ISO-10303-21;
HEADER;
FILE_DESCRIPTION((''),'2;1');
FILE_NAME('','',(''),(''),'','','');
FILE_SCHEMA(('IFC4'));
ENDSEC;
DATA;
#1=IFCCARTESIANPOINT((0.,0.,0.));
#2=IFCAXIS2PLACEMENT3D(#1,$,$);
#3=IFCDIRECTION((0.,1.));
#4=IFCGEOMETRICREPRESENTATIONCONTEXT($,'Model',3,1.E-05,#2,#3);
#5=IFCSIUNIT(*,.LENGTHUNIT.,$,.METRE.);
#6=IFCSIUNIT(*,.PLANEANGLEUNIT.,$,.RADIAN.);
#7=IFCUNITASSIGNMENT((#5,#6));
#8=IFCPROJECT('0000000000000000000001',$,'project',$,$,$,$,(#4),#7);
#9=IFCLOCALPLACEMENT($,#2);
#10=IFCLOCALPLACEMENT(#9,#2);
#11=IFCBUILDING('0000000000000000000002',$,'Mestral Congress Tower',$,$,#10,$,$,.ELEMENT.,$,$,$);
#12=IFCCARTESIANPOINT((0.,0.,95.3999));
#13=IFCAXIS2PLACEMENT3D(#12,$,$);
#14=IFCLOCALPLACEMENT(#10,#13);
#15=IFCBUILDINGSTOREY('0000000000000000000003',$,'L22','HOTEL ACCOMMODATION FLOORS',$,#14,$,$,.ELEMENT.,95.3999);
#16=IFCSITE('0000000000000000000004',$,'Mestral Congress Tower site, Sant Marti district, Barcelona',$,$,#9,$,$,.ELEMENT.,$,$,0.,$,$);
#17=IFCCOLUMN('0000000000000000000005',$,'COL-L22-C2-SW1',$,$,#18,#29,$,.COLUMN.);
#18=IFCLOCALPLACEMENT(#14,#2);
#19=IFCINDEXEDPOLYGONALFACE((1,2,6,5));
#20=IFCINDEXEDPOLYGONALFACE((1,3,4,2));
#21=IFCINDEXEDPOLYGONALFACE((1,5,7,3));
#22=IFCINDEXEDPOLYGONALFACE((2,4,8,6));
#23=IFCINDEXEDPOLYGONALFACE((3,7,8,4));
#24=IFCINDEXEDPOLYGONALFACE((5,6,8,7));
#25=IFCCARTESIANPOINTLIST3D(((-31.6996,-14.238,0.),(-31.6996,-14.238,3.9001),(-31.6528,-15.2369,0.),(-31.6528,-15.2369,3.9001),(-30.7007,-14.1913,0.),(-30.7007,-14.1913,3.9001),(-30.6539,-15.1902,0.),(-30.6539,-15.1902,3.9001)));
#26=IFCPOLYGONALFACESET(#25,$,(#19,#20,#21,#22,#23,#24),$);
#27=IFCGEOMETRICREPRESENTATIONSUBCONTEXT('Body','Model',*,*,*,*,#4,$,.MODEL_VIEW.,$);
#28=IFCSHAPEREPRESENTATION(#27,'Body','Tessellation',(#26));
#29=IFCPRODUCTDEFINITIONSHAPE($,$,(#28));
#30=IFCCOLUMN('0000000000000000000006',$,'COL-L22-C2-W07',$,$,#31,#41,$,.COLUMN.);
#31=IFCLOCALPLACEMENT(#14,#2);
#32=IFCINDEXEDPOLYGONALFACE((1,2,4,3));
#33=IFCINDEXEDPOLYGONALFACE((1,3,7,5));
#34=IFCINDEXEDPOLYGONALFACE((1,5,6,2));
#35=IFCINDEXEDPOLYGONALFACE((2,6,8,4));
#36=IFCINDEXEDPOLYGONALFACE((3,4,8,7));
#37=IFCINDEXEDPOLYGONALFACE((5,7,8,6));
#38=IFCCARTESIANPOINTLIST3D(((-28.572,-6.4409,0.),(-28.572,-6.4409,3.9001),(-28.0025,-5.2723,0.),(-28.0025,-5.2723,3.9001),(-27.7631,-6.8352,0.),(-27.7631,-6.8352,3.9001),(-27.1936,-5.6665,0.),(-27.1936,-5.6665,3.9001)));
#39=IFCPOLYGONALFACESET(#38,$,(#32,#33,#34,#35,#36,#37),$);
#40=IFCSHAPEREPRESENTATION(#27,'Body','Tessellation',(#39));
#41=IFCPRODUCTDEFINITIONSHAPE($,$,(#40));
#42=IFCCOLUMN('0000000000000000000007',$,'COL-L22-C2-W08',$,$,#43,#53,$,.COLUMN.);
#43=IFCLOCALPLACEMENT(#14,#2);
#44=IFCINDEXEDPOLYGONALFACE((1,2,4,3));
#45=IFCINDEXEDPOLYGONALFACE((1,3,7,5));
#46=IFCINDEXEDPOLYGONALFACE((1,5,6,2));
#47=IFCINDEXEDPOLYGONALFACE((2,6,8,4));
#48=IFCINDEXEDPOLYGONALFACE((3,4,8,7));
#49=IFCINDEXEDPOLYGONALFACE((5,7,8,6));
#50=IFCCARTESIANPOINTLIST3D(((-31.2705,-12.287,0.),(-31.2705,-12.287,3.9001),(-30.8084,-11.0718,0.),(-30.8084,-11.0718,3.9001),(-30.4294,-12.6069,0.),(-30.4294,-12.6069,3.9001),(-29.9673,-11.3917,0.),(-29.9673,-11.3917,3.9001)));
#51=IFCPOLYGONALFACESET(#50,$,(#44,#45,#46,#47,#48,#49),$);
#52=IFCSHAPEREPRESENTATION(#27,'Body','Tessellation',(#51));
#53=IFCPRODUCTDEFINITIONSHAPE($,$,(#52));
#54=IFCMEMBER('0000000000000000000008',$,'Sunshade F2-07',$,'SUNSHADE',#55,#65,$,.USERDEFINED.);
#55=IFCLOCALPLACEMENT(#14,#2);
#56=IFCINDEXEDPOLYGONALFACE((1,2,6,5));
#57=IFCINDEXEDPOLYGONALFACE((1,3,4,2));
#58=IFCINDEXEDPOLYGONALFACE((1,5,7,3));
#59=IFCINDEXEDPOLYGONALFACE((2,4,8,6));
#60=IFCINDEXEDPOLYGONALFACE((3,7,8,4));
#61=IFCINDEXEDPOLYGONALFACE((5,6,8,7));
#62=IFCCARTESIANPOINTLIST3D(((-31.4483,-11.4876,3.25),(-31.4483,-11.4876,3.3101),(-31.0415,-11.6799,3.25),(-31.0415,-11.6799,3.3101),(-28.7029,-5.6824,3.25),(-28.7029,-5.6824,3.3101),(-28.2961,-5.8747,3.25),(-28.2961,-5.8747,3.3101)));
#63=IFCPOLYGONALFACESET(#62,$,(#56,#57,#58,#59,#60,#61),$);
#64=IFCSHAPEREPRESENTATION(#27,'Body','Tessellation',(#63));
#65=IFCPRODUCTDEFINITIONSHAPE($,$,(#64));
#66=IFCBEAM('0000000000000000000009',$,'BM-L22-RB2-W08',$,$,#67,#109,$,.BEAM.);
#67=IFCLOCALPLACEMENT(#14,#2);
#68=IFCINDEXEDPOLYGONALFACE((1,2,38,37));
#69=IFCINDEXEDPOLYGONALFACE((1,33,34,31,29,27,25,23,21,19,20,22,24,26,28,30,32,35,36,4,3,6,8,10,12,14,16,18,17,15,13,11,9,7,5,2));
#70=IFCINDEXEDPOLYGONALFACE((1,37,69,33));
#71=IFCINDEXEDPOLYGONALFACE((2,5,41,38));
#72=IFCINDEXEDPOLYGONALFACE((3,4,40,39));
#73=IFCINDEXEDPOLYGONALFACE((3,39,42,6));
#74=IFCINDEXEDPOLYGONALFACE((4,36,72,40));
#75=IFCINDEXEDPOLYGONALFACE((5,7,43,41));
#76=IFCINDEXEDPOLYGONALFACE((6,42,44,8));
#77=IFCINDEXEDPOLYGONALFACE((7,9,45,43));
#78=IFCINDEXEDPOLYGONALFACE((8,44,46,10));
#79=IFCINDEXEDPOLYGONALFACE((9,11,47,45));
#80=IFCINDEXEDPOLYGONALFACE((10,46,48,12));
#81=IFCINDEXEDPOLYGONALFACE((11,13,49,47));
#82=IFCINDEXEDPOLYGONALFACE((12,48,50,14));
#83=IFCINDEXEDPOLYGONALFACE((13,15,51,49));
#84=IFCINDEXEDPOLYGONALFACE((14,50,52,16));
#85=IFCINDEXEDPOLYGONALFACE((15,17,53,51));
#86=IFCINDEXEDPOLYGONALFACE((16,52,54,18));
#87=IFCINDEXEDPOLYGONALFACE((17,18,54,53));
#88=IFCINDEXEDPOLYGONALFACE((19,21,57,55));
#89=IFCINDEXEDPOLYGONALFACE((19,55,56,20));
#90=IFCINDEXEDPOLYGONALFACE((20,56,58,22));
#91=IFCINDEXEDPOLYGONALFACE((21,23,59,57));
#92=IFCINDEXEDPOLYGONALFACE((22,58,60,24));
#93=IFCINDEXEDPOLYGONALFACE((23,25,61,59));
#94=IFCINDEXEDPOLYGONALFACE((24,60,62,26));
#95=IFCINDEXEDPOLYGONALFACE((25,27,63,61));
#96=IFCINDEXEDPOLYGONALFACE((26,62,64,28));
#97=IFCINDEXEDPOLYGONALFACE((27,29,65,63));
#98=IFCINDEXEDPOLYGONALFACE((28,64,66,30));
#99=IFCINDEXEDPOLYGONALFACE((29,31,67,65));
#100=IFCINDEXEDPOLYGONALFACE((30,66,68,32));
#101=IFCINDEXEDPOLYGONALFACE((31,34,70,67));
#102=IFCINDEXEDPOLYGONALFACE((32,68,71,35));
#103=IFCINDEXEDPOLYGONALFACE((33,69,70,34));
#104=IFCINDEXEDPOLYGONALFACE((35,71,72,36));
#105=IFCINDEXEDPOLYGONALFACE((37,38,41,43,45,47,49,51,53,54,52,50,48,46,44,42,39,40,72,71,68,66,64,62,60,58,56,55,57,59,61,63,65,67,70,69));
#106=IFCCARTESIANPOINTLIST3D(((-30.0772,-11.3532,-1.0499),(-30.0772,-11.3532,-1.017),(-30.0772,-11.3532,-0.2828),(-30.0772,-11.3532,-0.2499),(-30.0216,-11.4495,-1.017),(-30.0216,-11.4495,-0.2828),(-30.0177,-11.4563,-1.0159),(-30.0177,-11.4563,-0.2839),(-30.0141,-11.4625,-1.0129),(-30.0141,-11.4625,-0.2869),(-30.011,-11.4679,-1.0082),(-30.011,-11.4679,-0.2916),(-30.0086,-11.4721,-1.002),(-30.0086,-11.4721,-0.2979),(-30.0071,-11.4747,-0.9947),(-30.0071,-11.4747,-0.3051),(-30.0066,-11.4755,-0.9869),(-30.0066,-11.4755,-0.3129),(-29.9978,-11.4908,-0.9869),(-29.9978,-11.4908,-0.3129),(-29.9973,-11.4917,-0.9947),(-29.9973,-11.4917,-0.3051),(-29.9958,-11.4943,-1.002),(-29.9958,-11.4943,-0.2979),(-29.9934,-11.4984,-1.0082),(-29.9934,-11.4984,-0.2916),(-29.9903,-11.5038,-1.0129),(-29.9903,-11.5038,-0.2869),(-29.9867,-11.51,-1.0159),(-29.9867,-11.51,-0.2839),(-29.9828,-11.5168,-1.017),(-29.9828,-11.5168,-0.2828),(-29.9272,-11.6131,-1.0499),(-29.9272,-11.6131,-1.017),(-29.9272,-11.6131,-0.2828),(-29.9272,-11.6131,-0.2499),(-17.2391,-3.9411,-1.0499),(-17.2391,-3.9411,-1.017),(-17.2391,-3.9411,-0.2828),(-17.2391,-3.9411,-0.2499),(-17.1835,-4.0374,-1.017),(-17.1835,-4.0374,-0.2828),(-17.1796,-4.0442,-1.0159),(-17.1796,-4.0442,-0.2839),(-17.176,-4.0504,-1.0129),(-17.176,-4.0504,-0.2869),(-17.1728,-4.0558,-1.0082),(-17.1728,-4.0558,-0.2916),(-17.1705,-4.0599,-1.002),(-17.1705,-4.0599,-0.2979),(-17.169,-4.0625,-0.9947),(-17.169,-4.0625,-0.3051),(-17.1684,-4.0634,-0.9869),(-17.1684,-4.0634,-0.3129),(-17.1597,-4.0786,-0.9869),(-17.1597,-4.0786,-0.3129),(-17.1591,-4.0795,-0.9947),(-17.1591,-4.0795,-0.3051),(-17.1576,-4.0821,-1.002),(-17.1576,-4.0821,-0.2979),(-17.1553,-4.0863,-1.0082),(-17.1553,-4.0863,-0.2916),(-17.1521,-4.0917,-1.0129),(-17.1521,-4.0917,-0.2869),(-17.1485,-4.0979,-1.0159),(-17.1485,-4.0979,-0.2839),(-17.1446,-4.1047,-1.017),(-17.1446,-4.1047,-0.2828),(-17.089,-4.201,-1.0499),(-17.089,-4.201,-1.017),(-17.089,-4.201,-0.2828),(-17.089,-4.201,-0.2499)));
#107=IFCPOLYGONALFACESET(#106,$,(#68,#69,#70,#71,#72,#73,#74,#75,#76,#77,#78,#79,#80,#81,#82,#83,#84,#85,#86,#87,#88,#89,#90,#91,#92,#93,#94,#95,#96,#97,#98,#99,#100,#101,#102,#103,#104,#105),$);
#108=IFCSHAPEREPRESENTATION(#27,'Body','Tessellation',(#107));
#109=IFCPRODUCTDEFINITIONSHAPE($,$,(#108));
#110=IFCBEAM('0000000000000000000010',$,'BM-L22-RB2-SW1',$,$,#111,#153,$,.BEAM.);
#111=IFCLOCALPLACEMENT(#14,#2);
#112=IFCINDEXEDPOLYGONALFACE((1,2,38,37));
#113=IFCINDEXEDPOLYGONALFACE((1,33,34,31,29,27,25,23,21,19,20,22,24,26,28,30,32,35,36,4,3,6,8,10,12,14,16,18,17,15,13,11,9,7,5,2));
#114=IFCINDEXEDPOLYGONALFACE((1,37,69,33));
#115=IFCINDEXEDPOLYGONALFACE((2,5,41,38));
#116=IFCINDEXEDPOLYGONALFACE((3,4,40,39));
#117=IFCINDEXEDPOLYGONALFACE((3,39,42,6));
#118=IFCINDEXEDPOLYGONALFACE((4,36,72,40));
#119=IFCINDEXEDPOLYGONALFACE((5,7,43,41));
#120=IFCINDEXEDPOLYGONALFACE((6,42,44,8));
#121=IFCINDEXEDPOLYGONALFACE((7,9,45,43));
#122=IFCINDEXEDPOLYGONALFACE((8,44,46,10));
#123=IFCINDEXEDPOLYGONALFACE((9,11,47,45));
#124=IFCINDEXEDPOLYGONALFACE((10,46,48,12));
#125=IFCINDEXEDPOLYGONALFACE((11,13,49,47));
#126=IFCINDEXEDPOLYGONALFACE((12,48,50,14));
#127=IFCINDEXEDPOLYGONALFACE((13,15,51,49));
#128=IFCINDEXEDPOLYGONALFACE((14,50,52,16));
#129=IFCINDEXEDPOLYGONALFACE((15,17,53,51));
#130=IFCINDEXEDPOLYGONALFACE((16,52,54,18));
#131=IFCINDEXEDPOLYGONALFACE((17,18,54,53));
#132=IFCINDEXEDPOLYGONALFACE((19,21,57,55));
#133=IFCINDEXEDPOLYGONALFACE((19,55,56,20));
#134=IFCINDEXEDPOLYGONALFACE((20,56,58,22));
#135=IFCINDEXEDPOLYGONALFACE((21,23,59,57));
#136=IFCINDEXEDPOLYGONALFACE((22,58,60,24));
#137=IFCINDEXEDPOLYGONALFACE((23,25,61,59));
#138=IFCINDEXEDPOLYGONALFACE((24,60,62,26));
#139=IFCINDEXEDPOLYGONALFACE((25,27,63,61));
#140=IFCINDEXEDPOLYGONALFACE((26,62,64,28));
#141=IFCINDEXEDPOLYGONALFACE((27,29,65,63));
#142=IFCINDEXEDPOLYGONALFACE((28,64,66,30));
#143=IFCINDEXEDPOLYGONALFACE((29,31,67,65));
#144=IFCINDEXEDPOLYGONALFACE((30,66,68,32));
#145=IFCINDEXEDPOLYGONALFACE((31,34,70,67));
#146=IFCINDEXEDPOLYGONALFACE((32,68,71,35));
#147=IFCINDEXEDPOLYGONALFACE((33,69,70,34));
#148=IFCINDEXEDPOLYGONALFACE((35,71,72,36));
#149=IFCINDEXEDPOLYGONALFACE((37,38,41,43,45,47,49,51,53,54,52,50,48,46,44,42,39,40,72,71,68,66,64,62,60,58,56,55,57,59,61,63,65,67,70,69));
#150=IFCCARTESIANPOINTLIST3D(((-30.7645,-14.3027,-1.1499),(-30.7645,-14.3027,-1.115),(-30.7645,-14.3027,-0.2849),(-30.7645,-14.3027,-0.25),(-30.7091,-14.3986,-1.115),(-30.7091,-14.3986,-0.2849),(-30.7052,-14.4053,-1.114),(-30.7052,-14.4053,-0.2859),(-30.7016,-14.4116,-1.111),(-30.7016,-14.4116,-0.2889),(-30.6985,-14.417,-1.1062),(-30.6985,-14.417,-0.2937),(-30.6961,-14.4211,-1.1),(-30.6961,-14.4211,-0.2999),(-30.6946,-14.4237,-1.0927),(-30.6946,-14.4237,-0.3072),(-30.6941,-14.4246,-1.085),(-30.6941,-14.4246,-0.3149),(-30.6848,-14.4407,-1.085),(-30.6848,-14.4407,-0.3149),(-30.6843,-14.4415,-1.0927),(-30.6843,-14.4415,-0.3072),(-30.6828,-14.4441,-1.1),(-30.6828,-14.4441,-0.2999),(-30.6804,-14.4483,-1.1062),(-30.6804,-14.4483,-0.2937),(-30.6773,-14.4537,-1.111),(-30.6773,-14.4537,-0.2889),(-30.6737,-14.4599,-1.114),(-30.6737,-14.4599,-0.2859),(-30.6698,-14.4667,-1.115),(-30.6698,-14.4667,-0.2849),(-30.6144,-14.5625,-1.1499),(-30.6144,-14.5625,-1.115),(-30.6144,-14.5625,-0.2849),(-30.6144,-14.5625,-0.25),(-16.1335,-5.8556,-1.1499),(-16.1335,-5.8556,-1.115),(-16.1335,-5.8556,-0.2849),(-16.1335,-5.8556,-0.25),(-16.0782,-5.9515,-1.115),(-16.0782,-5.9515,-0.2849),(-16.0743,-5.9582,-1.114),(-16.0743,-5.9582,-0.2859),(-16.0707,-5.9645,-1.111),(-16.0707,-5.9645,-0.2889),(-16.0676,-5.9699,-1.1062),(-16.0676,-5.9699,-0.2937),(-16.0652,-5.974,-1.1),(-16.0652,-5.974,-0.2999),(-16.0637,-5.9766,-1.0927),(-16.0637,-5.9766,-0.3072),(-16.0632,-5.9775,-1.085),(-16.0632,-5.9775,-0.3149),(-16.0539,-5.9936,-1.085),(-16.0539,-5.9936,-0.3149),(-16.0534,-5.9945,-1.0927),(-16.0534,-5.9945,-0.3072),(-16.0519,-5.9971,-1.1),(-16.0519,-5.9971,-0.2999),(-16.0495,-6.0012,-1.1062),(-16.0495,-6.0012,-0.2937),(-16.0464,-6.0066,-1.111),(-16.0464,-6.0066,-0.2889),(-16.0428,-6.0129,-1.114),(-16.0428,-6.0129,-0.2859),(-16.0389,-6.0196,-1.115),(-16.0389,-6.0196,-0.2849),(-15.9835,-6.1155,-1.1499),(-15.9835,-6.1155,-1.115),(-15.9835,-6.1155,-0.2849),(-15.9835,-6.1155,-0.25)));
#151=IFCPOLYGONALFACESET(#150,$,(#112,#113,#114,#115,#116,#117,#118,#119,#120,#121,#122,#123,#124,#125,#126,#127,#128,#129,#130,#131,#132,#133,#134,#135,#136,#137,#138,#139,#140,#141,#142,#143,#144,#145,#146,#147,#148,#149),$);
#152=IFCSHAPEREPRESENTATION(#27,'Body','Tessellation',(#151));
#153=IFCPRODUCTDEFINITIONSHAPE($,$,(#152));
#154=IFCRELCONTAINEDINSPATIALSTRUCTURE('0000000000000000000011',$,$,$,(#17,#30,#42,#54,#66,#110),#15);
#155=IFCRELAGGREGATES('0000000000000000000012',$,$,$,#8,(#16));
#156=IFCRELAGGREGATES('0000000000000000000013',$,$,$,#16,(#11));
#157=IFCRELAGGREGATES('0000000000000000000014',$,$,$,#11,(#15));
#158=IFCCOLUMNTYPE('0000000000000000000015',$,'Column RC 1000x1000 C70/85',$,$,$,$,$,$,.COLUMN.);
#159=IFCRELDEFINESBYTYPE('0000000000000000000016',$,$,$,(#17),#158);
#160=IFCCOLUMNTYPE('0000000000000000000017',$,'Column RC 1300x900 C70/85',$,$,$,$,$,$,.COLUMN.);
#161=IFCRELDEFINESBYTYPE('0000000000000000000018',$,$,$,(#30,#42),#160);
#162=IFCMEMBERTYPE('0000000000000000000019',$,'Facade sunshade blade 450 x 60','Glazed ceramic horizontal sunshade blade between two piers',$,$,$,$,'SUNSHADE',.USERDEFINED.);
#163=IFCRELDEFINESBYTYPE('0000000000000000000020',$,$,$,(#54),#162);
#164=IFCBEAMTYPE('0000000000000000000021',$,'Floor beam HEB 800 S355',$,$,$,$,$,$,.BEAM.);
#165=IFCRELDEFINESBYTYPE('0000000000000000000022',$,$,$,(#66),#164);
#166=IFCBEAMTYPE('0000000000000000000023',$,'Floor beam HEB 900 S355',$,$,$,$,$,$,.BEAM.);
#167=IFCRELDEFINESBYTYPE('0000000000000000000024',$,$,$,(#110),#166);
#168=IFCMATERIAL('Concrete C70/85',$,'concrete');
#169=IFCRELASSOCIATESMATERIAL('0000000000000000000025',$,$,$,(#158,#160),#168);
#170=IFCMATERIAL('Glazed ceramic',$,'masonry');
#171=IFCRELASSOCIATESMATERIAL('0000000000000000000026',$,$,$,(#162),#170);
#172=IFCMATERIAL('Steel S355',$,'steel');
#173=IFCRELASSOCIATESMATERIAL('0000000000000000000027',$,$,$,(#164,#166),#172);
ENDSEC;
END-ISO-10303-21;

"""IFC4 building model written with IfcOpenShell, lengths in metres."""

from ifc_helpers import new_model, si_unit, direction, frame, origin, origin_2d, place, context, subcontext, project, spatial, rectangle, i_section, extrude, material, material_profile, profile_set, type_object, element, save


model = new_model("IFC4")

# Units and contexts
model_context = context("Model", 3, precision=1e-05, world=origin(), true_north=direction((0.0, 1.0)))
body_context = subcontext(model_context, "Body", "Model", "MODEL_VIEW")
ifc_project = project(units=[si_unit("LENGTHUNIT", "METRE"), si_unit("PLANEANGLEUNIT", "RADIAN")], contexts=[model_context])

# Site, building, storey
site_placement = place(None, origin())
site = spatial("IfcSite", under=ifc_project, at=site_placement, Name="Mestral Congress Tower site, Sant Marti district, Barcelona", CompositionType="ELEMENT", RefElevation=0.0)
building_placement = place(site_placement, origin())
building = spatial("IfcBuilding", under=site, at=building_placement, Name="Mestral Congress Tower", CompositionType="ELEMENT")
storey_placement = place(building_placement, frame((0.0, 0.0, 95.3999)))
storey = spatial("IfcBuildingStorey", under=building, at=storey_placement, Name="L22", Description="HOTEL ACCOMMODATION FLOORS", CompositionType="ELEMENT", Elevation=95.3999)

# Columns
ifc_material_1 = material(Name="Concrete C70/85", Category="concrete")
ifc_material_profile_1 = material_profile(ifc_material_1, rectangle(XDim=1.0, YDim=1.0, at=origin_2d()), Name="RC 1000x1000")
ifc_profile_set_1 = profile_set([ifc_material_profile_1], Name="Concrete C70/85")
column_type_1 = type_object("IfcColumnType", Name="Column RC 1000x1000 C70/85", PredefinedType="COLUMN", material=ifc_profile_set_1)
column_placement = place(storey_placement, frame((-31.1768, -14.7141, 0.0), z_axis=(0.0, 0.0, 1.0), x_axis=(0.046756, -0.998906, 0.0)))
element("IfcColumn", 1, at=column_placement, inside=storey, type_object=column_type_1, Name="COL-L22-C2-SW1", PredefinedType="COLUMN", context=body_context, shape_type="SweptSolid", body=[
    extrude(rectangle(XDim=1.0, YDim=1.0, at=origin_2d()), origin(), (0.0, 0.0, 1.0), 3.9001),
])
ifc_material_profile_2 = material_profile(ifc_material_1, rectangle(XDim=1.3, YDim=0.8999, at=origin_2d()), Name="RC 1300x900")
ifc_profile_set_2 = profile_set([ifc_material_profile_2], Name="Concrete C70/85")
column_type_2 = type_object("IfcColumnType", Name="Column RC 1300x900 C70/85", PredefinedType="COLUMN", material=ifc_profile_set_2)
for number, where, z_axis, x_axis, name in (
    (2, (-27.8828, -6.0537, 0.0), (0.0, 0.0, 1.0), (-0.438061, -0.898945, 0.0), "COL-L22-C2-W07"),
    (3, (-30.6189, -11.8394, 0.0), (0.0, 0.0, 1.0), (-0.355494, -0.934679, 0.0), "COL-L22-C2-W08"),
):
    element("IfcColumn", number, at=place(storey_placement, frame(where, z_axis=z_axis, x_axis=x_axis)), inside=storey, type_object=column_type_2, Name=name, PredefinedType="COLUMN", context=body_context, shape_type="SweptSolid", body=[
        extrude(rectangle(XDim=1.3, YDim=0.8999, at=origin_2d()), origin(), (0.0, 0.0, 1.0), 3.9001),
    ])

# Member
ifc_material_2 = material(Name="Glazed ceramic", Category="masonry")
ifc_material_profile_3 = material_profile(ifc_material_2, rectangle(XDim=0.45, YDim=0.0601, at=origin_2d()), Name="Ceramic blade 450 x 60")
ifc_profile_set_3 = profile_set([ifc_material_profile_3], Name="Glazed ceramic")
member_type = type_object("IfcMemberType", Name="Facade sunshade blade 450 x 60", Description="Glazed ceramic horizontal sunshade blade between two piers", ElementType="SUNSHADE", PredefinedType="USERDEFINED", material=ifc_profile_set_3)
member_placement = place(storey_placement, frame((-28.4995, -5.7786, 3.28), z_axis=(-0.427519, -0.904006, 0.0), x_axis=(0.904006, -0.427519, 0.0)))
element("IfcMember", 4, at=member_placement, inside=storey, type_object=member_type, Name="Sunshade F2-07", ObjectType="SUNSHADE", PredefinedType="USERDEFINED", context=body_context, shape_type="SweptSolid", body=[
    extrude(rectangle(XDim=0.45, YDim=0.0601, at=origin_2d()), origin(), (0.0, 0.0, 1.0), 6.4216),
])

# Beams
ifc_material_3 = material(Name="Steel S355", Category="steel")
ifc_material_profile_4 = material_profile(ifc_material_3, i_section(OverallWidth=0.3, OverallDepth=0.8, WebThickness=0.0176, FlangeThickness=0.033, FilletRadius=0.03, at=origin_2d()), Name="HEB 800")
ifc_profile_set_4 = profile_set([ifc_material_profile_4], Name="Steel S355")
beam_type_1 = type_object("IfcBeamType", Name="Floor beam HEB 800 S355", PredefinedType="BEAM", material=ifc_profile_set_4)
beam_1_placement = place(storey_placement, frame((-30.0022, -11.4832, -0.6499), z_axis=(0.866025, 0.5, 0.0), x_axis=(-0.5, 0.866025, 0.0)))
element("IfcBeam", 5, at=beam_1_placement, inside=storey, type_object=beam_type_1, Name="BM-L22-RB2-W08", PredefinedType="BEAM", context=body_context, shape_type="SweptSolid", body=[
    extrude(i_section(OverallWidth=0.3, OverallDepth=0.8, WebThickness=0.0176, FlangeThickness=0.033, FilletRadius=0.03, at=origin_2d()), origin(), (0.0, 0.0, 1.0), 14.8242),
])
ifc_material_profile_5 = material_profile(ifc_material_3, i_section(OverallWidth=0.3, OverallDepth=0.8999, WebThickness=0.0186, FlangeThickness=0.0349, FilletRadius=0.03, at=origin_2d()), Name="HEB 900")
ifc_profile_set_5 = profile_set([ifc_material_profile_5], Name="Steel S355")
beam_type_2 = type_object("IfcBeamType", Name="Floor beam HEB 900 S355", PredefinedType="BEAM", material=ifc_profile_set_5)
beam_2_placement = place(storey_placement, frame((-30.6895, -14.4326, -0.7), z_axis=(0.866028, 0.499995, 0.0), x_axis=(-0.499995, 0.866028, 0.0)))
element("IfcBeam", 6, at=beam_2_placement, inside=storey, type_object=beam_type_2, Name="BM-L22-RB2-SW1", PredefinedType="BEAM", context=body_context, shape_type="SweptSolid", body=[
    extrude(i_section(OverallWidth=0.3, OverallDepth=0.8999, WebThickness=0.0186, FlangeThickness=0.0349, FilletRadius=0.03, at=origin_2d()), origin(), (0.0, 0.0, 1.0), 16.8943),
])

save(model, "model.ifc")
